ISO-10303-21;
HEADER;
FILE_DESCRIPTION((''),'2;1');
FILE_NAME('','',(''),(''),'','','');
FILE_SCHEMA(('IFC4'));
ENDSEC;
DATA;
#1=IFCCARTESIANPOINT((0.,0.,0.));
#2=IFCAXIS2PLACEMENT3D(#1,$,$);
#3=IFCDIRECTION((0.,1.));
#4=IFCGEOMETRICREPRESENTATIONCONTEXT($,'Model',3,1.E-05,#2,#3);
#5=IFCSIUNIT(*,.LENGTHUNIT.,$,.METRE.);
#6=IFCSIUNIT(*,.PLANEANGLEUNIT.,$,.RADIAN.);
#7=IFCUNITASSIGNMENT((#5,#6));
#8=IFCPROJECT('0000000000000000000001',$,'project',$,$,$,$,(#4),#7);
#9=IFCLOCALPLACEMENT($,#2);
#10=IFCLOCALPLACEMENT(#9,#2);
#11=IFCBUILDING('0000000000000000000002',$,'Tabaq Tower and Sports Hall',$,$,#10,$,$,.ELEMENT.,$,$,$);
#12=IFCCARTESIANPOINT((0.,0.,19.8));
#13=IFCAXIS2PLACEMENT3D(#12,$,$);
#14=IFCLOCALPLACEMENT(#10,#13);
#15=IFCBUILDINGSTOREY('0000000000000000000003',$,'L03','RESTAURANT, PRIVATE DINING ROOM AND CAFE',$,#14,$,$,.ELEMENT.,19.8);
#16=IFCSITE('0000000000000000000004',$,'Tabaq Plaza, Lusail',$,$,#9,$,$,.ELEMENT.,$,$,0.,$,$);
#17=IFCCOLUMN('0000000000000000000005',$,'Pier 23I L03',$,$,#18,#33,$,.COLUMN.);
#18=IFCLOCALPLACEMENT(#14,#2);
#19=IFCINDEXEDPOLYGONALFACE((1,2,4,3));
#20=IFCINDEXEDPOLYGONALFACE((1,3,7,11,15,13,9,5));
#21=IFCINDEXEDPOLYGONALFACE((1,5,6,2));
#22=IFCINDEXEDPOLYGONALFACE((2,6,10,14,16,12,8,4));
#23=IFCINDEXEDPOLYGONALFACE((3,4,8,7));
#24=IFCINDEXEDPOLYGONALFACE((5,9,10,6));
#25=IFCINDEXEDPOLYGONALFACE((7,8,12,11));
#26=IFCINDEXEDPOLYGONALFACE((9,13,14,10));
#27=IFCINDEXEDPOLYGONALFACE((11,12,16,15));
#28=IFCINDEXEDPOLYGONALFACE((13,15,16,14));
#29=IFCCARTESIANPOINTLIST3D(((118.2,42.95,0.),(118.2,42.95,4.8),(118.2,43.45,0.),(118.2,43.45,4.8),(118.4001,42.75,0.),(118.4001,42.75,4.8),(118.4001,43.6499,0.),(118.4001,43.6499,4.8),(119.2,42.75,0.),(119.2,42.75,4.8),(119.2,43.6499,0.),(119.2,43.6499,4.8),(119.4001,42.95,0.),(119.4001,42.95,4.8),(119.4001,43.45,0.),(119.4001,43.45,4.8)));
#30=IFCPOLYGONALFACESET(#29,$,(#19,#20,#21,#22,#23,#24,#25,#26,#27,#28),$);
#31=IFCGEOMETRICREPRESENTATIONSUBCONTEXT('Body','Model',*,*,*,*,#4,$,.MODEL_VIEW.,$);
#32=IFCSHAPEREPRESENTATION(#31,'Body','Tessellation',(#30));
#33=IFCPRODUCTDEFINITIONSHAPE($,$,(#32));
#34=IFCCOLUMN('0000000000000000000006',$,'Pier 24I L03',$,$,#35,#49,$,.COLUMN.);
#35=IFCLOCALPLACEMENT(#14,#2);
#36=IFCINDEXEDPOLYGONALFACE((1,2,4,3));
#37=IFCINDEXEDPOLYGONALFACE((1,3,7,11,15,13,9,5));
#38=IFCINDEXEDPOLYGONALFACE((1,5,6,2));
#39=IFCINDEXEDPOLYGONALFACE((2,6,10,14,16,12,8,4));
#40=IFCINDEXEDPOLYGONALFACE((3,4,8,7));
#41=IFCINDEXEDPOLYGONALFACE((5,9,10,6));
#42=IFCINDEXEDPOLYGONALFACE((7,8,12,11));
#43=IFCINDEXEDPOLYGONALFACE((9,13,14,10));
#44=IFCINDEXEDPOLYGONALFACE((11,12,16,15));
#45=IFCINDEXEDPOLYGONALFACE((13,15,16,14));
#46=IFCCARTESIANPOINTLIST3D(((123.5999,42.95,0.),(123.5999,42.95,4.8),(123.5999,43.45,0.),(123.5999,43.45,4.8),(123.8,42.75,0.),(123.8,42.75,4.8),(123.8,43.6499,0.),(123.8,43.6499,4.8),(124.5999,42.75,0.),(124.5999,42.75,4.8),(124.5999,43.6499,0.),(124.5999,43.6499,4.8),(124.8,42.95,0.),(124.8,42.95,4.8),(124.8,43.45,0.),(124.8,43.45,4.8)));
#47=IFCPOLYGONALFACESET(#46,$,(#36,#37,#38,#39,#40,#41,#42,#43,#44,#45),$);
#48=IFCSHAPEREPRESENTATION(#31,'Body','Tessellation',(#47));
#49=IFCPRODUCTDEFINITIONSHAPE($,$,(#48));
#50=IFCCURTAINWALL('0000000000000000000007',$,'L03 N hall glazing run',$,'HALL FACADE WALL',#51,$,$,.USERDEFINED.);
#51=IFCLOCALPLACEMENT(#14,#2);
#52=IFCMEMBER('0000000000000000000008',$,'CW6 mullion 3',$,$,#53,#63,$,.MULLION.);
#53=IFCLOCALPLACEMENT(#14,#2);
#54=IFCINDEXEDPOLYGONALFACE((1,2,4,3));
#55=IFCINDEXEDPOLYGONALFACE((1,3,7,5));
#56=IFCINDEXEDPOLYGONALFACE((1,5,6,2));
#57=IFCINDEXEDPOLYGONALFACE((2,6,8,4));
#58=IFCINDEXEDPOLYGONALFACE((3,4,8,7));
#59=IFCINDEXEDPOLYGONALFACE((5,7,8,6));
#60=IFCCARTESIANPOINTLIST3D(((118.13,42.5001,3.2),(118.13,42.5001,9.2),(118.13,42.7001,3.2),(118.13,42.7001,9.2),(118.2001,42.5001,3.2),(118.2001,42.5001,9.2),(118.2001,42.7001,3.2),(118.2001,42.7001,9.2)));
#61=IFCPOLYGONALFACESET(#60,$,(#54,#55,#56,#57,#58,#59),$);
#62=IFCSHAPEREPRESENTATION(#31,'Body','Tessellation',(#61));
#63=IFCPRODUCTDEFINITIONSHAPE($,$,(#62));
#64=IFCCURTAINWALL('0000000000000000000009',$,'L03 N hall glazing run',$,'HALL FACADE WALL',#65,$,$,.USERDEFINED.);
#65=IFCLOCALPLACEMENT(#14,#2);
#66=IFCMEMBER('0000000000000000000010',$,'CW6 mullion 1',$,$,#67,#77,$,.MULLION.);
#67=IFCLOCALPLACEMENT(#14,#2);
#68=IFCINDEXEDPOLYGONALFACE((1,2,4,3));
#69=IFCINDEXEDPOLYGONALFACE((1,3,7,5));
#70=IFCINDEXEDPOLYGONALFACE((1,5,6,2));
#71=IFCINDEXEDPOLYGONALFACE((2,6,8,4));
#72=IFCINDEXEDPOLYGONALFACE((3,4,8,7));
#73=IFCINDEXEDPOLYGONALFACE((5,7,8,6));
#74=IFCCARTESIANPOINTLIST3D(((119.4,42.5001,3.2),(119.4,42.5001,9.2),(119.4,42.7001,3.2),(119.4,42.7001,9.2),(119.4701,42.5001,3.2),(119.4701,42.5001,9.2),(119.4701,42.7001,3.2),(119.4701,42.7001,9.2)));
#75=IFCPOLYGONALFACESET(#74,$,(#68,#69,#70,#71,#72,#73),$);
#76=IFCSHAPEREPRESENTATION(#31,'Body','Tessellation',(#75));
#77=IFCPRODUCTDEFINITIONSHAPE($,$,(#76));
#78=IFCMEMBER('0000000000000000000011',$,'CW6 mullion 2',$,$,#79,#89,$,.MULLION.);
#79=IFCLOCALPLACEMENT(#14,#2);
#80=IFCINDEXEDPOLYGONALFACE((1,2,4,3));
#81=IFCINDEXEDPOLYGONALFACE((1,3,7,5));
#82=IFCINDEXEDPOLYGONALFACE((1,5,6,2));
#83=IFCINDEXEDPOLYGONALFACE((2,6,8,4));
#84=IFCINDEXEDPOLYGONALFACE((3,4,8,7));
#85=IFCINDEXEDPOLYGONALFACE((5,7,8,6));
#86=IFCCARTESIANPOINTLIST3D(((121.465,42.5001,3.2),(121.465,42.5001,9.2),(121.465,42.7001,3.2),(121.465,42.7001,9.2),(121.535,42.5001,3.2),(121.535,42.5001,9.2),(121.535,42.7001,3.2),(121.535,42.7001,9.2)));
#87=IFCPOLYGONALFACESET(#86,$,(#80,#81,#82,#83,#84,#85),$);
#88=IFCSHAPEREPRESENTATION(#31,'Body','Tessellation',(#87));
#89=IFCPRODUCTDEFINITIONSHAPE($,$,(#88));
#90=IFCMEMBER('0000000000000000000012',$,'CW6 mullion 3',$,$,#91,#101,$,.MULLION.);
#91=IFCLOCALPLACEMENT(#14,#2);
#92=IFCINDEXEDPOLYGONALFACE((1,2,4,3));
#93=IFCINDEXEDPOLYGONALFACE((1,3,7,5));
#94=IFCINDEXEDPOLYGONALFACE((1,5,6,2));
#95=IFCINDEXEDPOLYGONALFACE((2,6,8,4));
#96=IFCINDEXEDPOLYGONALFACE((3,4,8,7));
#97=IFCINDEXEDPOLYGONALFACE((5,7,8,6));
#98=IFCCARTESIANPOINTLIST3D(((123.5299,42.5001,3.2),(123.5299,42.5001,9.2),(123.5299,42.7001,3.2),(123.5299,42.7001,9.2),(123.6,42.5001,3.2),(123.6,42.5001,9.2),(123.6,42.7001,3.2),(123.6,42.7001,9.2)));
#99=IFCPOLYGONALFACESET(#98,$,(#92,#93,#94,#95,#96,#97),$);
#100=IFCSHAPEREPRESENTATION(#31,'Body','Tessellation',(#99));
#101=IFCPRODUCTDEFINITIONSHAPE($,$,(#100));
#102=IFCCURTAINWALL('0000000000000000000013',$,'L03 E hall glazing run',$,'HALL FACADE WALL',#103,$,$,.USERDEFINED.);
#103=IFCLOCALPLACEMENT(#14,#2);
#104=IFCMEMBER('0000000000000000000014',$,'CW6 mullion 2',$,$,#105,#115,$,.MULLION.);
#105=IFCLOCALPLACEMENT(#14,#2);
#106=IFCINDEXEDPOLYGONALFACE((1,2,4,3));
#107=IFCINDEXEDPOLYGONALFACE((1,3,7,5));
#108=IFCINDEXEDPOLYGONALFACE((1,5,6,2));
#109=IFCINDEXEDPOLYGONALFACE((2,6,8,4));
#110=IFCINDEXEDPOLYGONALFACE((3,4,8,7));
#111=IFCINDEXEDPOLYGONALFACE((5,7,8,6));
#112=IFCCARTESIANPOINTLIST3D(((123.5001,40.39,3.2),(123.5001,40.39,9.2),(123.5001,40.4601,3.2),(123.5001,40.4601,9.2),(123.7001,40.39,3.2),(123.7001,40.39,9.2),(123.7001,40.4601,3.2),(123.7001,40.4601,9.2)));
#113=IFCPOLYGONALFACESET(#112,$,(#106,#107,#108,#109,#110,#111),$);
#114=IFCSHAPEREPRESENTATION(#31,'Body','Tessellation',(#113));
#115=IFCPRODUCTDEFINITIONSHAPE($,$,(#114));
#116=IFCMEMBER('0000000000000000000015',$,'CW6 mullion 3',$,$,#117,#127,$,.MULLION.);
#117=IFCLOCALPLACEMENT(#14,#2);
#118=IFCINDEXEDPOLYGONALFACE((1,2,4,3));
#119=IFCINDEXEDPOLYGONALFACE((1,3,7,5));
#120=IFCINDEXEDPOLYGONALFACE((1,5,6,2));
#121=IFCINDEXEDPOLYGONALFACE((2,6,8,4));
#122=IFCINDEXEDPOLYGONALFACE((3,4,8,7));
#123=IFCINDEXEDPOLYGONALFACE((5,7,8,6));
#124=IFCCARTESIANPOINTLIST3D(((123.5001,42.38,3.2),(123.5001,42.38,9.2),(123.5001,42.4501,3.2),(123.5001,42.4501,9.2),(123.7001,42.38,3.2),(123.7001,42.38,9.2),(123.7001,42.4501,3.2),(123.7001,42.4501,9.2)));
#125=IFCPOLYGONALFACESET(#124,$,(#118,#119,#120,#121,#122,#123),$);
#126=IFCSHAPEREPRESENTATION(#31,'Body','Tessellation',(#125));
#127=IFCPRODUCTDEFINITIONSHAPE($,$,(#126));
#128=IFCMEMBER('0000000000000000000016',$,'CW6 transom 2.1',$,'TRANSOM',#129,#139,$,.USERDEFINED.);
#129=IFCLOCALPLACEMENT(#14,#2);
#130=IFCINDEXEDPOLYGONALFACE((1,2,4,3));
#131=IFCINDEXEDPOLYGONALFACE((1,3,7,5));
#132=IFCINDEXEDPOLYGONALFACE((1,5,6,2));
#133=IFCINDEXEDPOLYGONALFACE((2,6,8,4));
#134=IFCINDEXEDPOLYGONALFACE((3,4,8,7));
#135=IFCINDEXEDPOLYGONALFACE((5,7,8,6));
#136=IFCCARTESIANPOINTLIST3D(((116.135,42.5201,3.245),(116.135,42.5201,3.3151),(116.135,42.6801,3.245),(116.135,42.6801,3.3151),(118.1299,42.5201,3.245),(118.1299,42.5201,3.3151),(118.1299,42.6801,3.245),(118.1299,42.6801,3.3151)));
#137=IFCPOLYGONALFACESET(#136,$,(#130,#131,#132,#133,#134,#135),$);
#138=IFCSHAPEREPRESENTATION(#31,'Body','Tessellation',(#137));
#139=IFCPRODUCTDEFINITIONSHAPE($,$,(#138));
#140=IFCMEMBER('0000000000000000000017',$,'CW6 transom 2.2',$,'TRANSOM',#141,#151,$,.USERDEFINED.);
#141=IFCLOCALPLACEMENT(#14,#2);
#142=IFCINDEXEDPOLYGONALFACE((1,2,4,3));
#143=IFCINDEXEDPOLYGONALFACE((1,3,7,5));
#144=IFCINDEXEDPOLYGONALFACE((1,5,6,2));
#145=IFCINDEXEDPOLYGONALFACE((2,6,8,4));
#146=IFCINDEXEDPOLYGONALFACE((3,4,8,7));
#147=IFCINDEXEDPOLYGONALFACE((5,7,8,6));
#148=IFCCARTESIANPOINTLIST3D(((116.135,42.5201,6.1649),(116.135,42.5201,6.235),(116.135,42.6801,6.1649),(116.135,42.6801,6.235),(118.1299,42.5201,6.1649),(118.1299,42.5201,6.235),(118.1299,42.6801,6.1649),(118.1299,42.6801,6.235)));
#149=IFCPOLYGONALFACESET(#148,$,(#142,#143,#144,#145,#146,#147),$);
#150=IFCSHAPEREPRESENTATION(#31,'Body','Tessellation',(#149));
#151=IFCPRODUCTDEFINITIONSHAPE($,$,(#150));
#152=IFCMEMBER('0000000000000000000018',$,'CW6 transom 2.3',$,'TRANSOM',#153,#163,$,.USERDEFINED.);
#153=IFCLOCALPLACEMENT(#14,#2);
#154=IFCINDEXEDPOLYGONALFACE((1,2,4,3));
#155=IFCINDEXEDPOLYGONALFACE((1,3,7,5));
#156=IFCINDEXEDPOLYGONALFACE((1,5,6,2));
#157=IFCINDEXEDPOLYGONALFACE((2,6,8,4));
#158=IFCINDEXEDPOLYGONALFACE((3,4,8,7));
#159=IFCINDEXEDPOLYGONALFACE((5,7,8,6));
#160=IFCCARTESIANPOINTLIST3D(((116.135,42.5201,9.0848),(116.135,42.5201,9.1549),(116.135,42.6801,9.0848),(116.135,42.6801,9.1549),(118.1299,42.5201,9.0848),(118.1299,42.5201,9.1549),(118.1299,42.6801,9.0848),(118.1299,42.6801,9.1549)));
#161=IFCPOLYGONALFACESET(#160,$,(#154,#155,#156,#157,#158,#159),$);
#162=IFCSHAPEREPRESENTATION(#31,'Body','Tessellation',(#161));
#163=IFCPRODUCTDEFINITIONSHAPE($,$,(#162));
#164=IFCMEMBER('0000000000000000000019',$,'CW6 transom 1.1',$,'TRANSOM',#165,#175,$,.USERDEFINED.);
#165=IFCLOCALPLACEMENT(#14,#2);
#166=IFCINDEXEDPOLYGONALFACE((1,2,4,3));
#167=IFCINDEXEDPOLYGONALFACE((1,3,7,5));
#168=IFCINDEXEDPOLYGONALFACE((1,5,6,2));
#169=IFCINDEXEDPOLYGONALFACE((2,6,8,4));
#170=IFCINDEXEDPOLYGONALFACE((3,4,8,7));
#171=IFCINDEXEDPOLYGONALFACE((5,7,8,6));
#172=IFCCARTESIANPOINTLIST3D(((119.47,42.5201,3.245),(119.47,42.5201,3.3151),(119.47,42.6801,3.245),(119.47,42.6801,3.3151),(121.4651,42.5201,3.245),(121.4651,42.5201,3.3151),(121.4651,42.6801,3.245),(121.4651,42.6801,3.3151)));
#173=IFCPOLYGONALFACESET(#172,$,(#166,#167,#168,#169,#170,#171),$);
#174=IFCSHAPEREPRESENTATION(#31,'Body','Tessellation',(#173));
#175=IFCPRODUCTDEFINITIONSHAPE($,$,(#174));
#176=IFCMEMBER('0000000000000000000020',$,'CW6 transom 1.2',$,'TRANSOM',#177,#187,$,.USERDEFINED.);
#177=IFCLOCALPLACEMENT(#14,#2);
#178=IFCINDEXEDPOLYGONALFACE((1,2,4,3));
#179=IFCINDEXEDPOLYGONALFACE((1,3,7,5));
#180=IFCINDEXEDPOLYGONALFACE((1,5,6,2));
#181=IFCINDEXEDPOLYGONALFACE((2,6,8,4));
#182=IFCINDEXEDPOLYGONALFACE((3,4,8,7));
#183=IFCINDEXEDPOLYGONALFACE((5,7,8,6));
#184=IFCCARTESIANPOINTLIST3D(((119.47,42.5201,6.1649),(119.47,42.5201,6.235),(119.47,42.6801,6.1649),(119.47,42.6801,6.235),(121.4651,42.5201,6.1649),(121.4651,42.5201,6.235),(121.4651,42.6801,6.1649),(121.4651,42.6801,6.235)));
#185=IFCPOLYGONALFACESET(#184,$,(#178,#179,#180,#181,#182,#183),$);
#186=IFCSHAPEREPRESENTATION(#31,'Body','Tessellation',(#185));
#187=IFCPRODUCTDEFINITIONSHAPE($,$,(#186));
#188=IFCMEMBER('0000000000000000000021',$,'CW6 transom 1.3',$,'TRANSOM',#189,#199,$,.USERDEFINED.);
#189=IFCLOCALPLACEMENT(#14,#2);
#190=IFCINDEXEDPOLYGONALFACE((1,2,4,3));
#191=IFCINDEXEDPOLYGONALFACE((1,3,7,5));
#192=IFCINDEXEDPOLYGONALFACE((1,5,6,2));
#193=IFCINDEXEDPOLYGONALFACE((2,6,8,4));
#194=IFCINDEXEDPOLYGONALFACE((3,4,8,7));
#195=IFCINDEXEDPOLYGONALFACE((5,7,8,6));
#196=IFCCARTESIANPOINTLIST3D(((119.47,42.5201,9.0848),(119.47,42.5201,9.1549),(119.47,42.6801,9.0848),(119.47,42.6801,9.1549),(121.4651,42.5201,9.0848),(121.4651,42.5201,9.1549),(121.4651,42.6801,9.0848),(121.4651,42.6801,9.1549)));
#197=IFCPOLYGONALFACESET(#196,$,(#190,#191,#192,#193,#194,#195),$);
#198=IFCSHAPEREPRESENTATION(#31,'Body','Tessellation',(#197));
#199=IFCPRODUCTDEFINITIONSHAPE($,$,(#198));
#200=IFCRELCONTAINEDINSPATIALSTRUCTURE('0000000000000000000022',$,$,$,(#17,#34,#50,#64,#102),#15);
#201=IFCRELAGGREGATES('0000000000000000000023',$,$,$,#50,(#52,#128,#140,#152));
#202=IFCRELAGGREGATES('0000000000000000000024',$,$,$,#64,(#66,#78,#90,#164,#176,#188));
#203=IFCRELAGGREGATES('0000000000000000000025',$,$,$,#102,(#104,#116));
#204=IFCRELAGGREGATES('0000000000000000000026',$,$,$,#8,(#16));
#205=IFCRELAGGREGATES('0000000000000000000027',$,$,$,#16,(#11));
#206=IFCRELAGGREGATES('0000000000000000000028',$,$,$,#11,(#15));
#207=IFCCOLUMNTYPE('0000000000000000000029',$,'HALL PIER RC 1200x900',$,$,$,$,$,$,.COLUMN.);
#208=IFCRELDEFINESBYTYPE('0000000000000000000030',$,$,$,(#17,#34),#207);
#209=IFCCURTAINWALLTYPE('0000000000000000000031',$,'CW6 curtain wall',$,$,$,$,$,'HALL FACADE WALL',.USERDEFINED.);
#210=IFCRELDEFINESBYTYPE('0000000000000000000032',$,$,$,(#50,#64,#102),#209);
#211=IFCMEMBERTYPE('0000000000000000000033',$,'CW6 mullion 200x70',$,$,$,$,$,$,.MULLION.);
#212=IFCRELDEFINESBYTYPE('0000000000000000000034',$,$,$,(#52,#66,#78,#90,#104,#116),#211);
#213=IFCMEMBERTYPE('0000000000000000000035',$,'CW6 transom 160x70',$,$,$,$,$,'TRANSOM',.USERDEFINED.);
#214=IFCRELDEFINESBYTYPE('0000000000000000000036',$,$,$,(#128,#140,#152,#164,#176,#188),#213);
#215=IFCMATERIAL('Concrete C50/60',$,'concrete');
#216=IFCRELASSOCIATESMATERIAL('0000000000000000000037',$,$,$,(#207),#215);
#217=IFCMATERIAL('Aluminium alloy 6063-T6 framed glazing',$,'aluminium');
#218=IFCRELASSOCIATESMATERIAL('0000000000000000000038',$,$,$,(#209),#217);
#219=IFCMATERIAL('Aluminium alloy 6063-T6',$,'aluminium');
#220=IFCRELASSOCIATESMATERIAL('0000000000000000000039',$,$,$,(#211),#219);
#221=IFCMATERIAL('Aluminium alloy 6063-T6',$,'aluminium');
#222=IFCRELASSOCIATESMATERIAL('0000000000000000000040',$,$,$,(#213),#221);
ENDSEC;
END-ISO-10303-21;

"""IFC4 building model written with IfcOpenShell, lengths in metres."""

from ifc_helpers import new_model, si_unit, direction, frame, origin, origin_2d, place, context, subcontext, project, spatial, polyline, rectangle, outline, extrude, material, material_profile, profile_set, type_object, element, aggregate, save


model = new_model("IFC4")

# Units and contexts
model_context = context("Model", 3, precision=1e-05, world=origin(), true_north=direction((0.0, 1.0)))
body_context = subcontext(model_context, "Body", "Model", "MODEL_VIEW")
ifc_project = project(units=[si_unit("LENGTHUNIT", "METRE"), si_unit("PLANEANGLEUNIT", "RADIAN")], contexts=[model_context])

# Site, building, storey
site_placement = place(None, origin())
site = spatial("IfcSite", under=ifc_project, at=site_placement, Name="Tabaq Plaza, Lusail", CompositionType="ELEMENT", RefElevation=0.0)
building_placement = place(site_placement, origin())
building = spatial("IfcBuilding", under=site, at=building_placement, Name="Tabaq Tower and Sports Hall", CompositionType="ELEMENT")
storey_placement = place(building_placement, frame((0.0, 0.0, 19.8)))
storey = spatial("IfcBuildingStorey", under=building, at=storey_placement, Name="L03", Description="RESTAURANT, PRIVATE DINING ROOM AND CAFE", CompositionType="ELEMENT", Elevation=19.8)

# Columns
ifc_material_1 = material(Name="Concrete C50/60", Category="concrete")
ifc_material_profile_1 = material_profile(ifc_material_1, outline(polyline([(-0.3999, -0.45), (0.3999, -0.45), (0.6001, -0.25), (0.6001, 0.25), (0.3999, 0.45), (-0.3999, 0.45), (-0.6001, 0.25), (-0.6001, -0.25), (-0.3999, -0.45)])), Name="PIER 1200x900")
ifc_profile_set_1 = profile_set([ifc_material_profile_1], Name="Concrete C50/60")
column_type = type_object("IfcColumnType", Name="HALL PIER RC 1200x900", PredefinedType="COLUMN", material=ifc_profile_set_1)
for number, where, z_axis, x_axis, name in (
    (1, (118.8, 43.2, 0.0), (0.0, 0.0, 1.0), (1.0, 0.0, 0.0), "Pier 23I L03"),
    (2, (124.2, 43.2, 0.0), (0.0, 0.0, 1.0), (1.0, 0.0, 0.0), "Pier 24I L03"),
):
    element("IfcColumn", number, at=place(storey_placement, frame(where, z_axis=z_axis, x_axis=x_axis)), inside=storey, type_object=column_type, Name=name, PredefinedType="COLUMN", context=body_context, shape_type="SweptSolid", body=[
        extrude(outline(polyline([(-0.3999, -0.45), (0.3999, -0.45), (0.6001, -0.25), (0.6001, 0.25), (0.3999, 0.45), (-0.3999, 0.45), (-0.6001, 0.25), (-0.6001, -0.25), (-0.3999, -0.45)])), origin(), (0.0, 0.0, 1.0), 4.8),
    ])

# Curtain wall, member
ifc_material_2 = material(Name="Aluminium alloy 6063-T6 framed glazing", Category="aluminium")
curtain_wall_type = type_object("IfcCurtainWallType", Name="CW6 curtain wall", ElementType="HALL FACADE WALL", PredefinedType="USERDEFINED", material=ifc_material_2)
curtain_wall_1_placement = place(storey_placement, origin())
curtain_wall_1 = element("IfcCurtainWall", 3, at=curtain_wall_1_placement, inside=storey, type_object=curtain_wall_type, Name="L03 N hall glazing run", ObjectType="HALL FACADE WALL", PredefinedType="USERDEFINED")
ifc_material_3 = material(Name="Aluminium alloy 6063-T6", Category="aluminium")
ifc_material_profile_2 = material_profile(ifc_material_3, rectangle(XDim=0.2, YDim=0.0701, at=origin_2d()), Name="MULLION 200x70")
ifc_profile_set_2 = profile_set([ifc_material_profile_2], Name="Aluminium alloy 6063-T6")
member_type_1 = type_object("IfcMemberType", Name="CW6 mullion 200x70", PredefinedType="MULLION", material=ifc_profile_set_2)
member_1_placement = place(storey_placement, frame((118.165, 42.6001, 3.2), z_axis=(0.0, 0.0, 1.0), x_axis=(0.0, 1.0, 0.0)))
member_1 = element("IfcMember", 4, at=member_1_placement, type_object=member_type_1, Name="CW6 mullion 3", PredefinedType="MULLION", context=body_context, shape_type="SweptSolid", body=[
    extrude(rectangle(XDim=0.2, YDim=0.0701, at=origin_2d()), origin(), (0.0, 0.0, 1.0), 6.0),
])

# Curtain walls, members
curtain_wall_2_placement = place(storey_placement, origin())
curtain_wall_2 = element("IfcCurtainWall", 5, at=curtain_wall_2_placement, inside=storey, type_object=curtain_wall_type, Name="L03 N hall glazing run", ObjectType="HALL FACADE WALL", PredefinedType="USERDEFINED")
member_2_placement = place(storey_placement, frame((119.4351, 42.6001, 3.2), z_axis=(0.0, 0.0, 1.0), x_axis=(0.0, 1.0, 0.0)))
member_2 = element("IfcMember", 6, at=member_2_placement, type_object=member_type_1, Name="CW6 mullion 1", PredefinedType="MULLION", context=body_context, shape_type="SweptSolid", body=[
    extrude(rectangle(XDim=0.2, YDim=0.0701, at=origin_2d()), origin(), (0.0, 0.0, 1.0), 6.0),
])
member_3_placement = place(storey_placement, frame((121.5, 42.6001, 3.2), z_axis=(0.0, 0.0, 1.0), x_axis=(0.0, 1.0, 0.0)))
member_3 = element("IfcMember", 7, at=member_3_placement, type_object=member_type_1, Name="CW6 mullion 2", PredefinedType="MULLION", context=body_context, shape_type="SweptSolid", body=[
    extrude(rectangle(XDim=0.2, YDim=0.0701, at=origin_2d()), origin(), (0.0, 0.0, 1.0), 6.0),
])
member_4_placement = place(storey_placement, frame((123.5649, 42.6001, 3.2), z_axis=(0.0, 0.0, 1.0), x_axis=(0.0, 1.0, 0.0)))
member_4 = element("IfcMember", 8, at=member_4_placement, type_object=member_type_1, Name="CW6 mullion 3", PredefinedType="MULLION", context=body_context, shape_type="SweptSolid", body=[
    extrude(rectangle(XDim=0.2, YDim=0.0701, at=origin_2d()), origin(), (0.0, 0.0, 1.0), 6.0),
])
curtain_wall_3_placement = place(storey_placement, origin())
curtain_wall_3 = element("IfcCurtainWall", 9, at=curtain_wall_3_placement, inside=storey, type_object=curtain_wall_type, Name="L03 E hall glazing run", ObjectType="HALL FACADE WALL", PredefinedType="USERDEFINED")
member_5_placement = place(storey_placement, frame((123.6001, 40.425, 3.2), z_axis=(0.0, 0.0, 1.0), x_axis=(-1.0, 0.0, 0.0)))
member_5 = element("IfcMember", 10, at=member_5_placement, type_object=member_type_1, Name="CW6 mullion 2", PredefinedType="MULLION", context=body_context, shape_type="SweptSolid", body=[
    extrude(rectangle(XDim=0.2, YDim=0.0701, at=origin_2d()), origin(), (0.0, 0.0, 1.0), 6.0),
])
member_6_placement = place(storey_placement, frame((123.6001, 42.415, 3.2), z_axis=(0.0, 0.0, 1.0), x_axis=(-1.0, 0.0, 0.0)))
member_6 = element("IfcMember", 11, at=member_6_placement, type_object=member_type_1, Name="CW6 mullion 3", PredefinedType="MULLION", context=body_context, shape_type="SweptSolid", body=[
    extrude(rectangle(XDim=0.2, YDim=0.0701, at=origin_2d()), origin(), (0.0, 0.0, 1.0), 6.0),
])

# Members
ifc_material_4 = material(Name="Aluminium alloy 6063-T6", Category="aluminium")
ifc_material_profile_3 = material_profile(ifc_material_4, rectangle(XDim=0.1599, YDim=0.0701, at=origin_2d()), Name="TRANSOM 160x70")
ifc_profile_set_3 = profile_set([ifc_material_profile_3], Name="Aluminium alloy 6063-T6")
member_type_2 = type_object("IfcMemberType", Name="CW6 transom 160x70", ElementType="TRANSOM", PredefinedType="USERDEFINED", material=ifc_profile_set_3)
member_7_placement = place(storey_placement, frame((116.135, 42.6001, 3.28), z_axis=(1.0, 0.0, 0.0), x_axis=(0.0, 1.0, 0.0)))
member_7 = element("IfcMember", 12, at=member_7_placement, type_object=member_type_2, Name="CW6 transom 2.1", ObjectType="TRANSOM", PredefinedType="USERDEFINED", context=body_context, shape_type="SweptSolid", body=[
    extrude(rectangle(XDim=0.1599, YDim=0.0701, at=origin_2d()), origin(), (0.0, 0.0, 1.0), 1.9949),
])
member_8_placement = place(storey_placement, frame((116.135, 42.6001, 6.2), z_axis=(1.0, 0.0, 0.0), x_axis=(0.0, 1.0, 0.0)))
member_8 = element("IfcMember", 13, at=member_8_placement, type_object=member_type_2, Name="CW6 transom 2.2", ObjectType="TRANSOM", PredefinedType="USERDEFINED", context=body_context, shape_type="SweptSolid", body=[
    extrude(rectangle(XDim=0.1599, YDim=0.0701, at=origin_2d()), origin(), (0.0, 0.0, 1.0), 1.9949),
])
member_9_placement = place(storey_placement, frame((116.135, 42.6001, 9.1199), z_axis=(1.0, 0.0, 0.0), x_axis=(0.0, 1.0, 0.0)))
member_9 = element("IfcMember", 14, at=member_9_placement, type_object=member_type_2, Name="CW6 transom 2.3", ObjectType="TRANSOM", PredefinedType="USERDEFINED", context=body_context, shape_type="SweptSolid", body=[
    extrude(rectangle(XDim=0.1599, YDim=0.0701, at=origin_2d()), origin(), (0.0, 0.0, 1.0), 1.9949),
])
member_10_placement = place(storey_placement, frame((119.47, 42.6001, 3.28), z_axis=(1.0, 0.0, 0.0), x_axis=(0.0, 1.0, 0.0)))
member_10 = element("IfcMember", 15, at=member_10_placement, type_object=member_type_2, Name="CW6 transom 1.1", ObjectType="TRANSOM", PredefinedType="USERDEFINED", context=body_context, shape_type="SweptSolid", body=[
    extrude(rectangle(XDim=0.1599, YDim=0.0701, at=origin_2d()), origin(), (0.0, 0.0, 1.0), 1.9951),
])
member_11_placement = place(storey_placement, frame((119.47, 42.6001, 6.2), z_axis=(1.0, 0.0, 0.0), x_axis=(0.0, 1.0, 0.0)))
member_11 = element("IfcMember", 16, at=member_11_placement, type_object=member_type_2, Name="CW6 transom 1.2", ObjectType="TRANSOM", PredefinedType="USERDEFINED", context=body_context, shape_type="SweptSolid", body=[
    extrude(rectangle(XDim=0.1599, YDim=0.0701, at=origin_2d()), origin(), (0.0, 0.0, 1.0), 1.9951),
])
member_12_placement = place(storey_placement, frame((119.47, 42.6001, 9.1199), z_axis=(1.0, 0.0, 0.0), x_axis=(0.0, 1.0, 0.0)))
member_12 = element("IfcMember", 17, at=member_12_placement, type_object=member_type_2, Name="CW6 transom 1.3", ObjectType="TRANSOM", PredefinedType="USERDEFINED", context=body_context, shape_type="SweptSolid", body=[
    extrude(rectangle(XDim=0.1599, YDim=0.0701, at=origin_2d()), origin(), (0.0, 0.0, 1.0), 1.9951),
])

aggregate(curtain_wall_1, [member_1, member_7, member_8, member_9])
aggregate(curtain_wall_2, [member_2, member_3, member_4, member_10, member_11, member_12])
aggregate(curtain_wall_3, [member_5, member_6])

save(model, "model.ifc")
